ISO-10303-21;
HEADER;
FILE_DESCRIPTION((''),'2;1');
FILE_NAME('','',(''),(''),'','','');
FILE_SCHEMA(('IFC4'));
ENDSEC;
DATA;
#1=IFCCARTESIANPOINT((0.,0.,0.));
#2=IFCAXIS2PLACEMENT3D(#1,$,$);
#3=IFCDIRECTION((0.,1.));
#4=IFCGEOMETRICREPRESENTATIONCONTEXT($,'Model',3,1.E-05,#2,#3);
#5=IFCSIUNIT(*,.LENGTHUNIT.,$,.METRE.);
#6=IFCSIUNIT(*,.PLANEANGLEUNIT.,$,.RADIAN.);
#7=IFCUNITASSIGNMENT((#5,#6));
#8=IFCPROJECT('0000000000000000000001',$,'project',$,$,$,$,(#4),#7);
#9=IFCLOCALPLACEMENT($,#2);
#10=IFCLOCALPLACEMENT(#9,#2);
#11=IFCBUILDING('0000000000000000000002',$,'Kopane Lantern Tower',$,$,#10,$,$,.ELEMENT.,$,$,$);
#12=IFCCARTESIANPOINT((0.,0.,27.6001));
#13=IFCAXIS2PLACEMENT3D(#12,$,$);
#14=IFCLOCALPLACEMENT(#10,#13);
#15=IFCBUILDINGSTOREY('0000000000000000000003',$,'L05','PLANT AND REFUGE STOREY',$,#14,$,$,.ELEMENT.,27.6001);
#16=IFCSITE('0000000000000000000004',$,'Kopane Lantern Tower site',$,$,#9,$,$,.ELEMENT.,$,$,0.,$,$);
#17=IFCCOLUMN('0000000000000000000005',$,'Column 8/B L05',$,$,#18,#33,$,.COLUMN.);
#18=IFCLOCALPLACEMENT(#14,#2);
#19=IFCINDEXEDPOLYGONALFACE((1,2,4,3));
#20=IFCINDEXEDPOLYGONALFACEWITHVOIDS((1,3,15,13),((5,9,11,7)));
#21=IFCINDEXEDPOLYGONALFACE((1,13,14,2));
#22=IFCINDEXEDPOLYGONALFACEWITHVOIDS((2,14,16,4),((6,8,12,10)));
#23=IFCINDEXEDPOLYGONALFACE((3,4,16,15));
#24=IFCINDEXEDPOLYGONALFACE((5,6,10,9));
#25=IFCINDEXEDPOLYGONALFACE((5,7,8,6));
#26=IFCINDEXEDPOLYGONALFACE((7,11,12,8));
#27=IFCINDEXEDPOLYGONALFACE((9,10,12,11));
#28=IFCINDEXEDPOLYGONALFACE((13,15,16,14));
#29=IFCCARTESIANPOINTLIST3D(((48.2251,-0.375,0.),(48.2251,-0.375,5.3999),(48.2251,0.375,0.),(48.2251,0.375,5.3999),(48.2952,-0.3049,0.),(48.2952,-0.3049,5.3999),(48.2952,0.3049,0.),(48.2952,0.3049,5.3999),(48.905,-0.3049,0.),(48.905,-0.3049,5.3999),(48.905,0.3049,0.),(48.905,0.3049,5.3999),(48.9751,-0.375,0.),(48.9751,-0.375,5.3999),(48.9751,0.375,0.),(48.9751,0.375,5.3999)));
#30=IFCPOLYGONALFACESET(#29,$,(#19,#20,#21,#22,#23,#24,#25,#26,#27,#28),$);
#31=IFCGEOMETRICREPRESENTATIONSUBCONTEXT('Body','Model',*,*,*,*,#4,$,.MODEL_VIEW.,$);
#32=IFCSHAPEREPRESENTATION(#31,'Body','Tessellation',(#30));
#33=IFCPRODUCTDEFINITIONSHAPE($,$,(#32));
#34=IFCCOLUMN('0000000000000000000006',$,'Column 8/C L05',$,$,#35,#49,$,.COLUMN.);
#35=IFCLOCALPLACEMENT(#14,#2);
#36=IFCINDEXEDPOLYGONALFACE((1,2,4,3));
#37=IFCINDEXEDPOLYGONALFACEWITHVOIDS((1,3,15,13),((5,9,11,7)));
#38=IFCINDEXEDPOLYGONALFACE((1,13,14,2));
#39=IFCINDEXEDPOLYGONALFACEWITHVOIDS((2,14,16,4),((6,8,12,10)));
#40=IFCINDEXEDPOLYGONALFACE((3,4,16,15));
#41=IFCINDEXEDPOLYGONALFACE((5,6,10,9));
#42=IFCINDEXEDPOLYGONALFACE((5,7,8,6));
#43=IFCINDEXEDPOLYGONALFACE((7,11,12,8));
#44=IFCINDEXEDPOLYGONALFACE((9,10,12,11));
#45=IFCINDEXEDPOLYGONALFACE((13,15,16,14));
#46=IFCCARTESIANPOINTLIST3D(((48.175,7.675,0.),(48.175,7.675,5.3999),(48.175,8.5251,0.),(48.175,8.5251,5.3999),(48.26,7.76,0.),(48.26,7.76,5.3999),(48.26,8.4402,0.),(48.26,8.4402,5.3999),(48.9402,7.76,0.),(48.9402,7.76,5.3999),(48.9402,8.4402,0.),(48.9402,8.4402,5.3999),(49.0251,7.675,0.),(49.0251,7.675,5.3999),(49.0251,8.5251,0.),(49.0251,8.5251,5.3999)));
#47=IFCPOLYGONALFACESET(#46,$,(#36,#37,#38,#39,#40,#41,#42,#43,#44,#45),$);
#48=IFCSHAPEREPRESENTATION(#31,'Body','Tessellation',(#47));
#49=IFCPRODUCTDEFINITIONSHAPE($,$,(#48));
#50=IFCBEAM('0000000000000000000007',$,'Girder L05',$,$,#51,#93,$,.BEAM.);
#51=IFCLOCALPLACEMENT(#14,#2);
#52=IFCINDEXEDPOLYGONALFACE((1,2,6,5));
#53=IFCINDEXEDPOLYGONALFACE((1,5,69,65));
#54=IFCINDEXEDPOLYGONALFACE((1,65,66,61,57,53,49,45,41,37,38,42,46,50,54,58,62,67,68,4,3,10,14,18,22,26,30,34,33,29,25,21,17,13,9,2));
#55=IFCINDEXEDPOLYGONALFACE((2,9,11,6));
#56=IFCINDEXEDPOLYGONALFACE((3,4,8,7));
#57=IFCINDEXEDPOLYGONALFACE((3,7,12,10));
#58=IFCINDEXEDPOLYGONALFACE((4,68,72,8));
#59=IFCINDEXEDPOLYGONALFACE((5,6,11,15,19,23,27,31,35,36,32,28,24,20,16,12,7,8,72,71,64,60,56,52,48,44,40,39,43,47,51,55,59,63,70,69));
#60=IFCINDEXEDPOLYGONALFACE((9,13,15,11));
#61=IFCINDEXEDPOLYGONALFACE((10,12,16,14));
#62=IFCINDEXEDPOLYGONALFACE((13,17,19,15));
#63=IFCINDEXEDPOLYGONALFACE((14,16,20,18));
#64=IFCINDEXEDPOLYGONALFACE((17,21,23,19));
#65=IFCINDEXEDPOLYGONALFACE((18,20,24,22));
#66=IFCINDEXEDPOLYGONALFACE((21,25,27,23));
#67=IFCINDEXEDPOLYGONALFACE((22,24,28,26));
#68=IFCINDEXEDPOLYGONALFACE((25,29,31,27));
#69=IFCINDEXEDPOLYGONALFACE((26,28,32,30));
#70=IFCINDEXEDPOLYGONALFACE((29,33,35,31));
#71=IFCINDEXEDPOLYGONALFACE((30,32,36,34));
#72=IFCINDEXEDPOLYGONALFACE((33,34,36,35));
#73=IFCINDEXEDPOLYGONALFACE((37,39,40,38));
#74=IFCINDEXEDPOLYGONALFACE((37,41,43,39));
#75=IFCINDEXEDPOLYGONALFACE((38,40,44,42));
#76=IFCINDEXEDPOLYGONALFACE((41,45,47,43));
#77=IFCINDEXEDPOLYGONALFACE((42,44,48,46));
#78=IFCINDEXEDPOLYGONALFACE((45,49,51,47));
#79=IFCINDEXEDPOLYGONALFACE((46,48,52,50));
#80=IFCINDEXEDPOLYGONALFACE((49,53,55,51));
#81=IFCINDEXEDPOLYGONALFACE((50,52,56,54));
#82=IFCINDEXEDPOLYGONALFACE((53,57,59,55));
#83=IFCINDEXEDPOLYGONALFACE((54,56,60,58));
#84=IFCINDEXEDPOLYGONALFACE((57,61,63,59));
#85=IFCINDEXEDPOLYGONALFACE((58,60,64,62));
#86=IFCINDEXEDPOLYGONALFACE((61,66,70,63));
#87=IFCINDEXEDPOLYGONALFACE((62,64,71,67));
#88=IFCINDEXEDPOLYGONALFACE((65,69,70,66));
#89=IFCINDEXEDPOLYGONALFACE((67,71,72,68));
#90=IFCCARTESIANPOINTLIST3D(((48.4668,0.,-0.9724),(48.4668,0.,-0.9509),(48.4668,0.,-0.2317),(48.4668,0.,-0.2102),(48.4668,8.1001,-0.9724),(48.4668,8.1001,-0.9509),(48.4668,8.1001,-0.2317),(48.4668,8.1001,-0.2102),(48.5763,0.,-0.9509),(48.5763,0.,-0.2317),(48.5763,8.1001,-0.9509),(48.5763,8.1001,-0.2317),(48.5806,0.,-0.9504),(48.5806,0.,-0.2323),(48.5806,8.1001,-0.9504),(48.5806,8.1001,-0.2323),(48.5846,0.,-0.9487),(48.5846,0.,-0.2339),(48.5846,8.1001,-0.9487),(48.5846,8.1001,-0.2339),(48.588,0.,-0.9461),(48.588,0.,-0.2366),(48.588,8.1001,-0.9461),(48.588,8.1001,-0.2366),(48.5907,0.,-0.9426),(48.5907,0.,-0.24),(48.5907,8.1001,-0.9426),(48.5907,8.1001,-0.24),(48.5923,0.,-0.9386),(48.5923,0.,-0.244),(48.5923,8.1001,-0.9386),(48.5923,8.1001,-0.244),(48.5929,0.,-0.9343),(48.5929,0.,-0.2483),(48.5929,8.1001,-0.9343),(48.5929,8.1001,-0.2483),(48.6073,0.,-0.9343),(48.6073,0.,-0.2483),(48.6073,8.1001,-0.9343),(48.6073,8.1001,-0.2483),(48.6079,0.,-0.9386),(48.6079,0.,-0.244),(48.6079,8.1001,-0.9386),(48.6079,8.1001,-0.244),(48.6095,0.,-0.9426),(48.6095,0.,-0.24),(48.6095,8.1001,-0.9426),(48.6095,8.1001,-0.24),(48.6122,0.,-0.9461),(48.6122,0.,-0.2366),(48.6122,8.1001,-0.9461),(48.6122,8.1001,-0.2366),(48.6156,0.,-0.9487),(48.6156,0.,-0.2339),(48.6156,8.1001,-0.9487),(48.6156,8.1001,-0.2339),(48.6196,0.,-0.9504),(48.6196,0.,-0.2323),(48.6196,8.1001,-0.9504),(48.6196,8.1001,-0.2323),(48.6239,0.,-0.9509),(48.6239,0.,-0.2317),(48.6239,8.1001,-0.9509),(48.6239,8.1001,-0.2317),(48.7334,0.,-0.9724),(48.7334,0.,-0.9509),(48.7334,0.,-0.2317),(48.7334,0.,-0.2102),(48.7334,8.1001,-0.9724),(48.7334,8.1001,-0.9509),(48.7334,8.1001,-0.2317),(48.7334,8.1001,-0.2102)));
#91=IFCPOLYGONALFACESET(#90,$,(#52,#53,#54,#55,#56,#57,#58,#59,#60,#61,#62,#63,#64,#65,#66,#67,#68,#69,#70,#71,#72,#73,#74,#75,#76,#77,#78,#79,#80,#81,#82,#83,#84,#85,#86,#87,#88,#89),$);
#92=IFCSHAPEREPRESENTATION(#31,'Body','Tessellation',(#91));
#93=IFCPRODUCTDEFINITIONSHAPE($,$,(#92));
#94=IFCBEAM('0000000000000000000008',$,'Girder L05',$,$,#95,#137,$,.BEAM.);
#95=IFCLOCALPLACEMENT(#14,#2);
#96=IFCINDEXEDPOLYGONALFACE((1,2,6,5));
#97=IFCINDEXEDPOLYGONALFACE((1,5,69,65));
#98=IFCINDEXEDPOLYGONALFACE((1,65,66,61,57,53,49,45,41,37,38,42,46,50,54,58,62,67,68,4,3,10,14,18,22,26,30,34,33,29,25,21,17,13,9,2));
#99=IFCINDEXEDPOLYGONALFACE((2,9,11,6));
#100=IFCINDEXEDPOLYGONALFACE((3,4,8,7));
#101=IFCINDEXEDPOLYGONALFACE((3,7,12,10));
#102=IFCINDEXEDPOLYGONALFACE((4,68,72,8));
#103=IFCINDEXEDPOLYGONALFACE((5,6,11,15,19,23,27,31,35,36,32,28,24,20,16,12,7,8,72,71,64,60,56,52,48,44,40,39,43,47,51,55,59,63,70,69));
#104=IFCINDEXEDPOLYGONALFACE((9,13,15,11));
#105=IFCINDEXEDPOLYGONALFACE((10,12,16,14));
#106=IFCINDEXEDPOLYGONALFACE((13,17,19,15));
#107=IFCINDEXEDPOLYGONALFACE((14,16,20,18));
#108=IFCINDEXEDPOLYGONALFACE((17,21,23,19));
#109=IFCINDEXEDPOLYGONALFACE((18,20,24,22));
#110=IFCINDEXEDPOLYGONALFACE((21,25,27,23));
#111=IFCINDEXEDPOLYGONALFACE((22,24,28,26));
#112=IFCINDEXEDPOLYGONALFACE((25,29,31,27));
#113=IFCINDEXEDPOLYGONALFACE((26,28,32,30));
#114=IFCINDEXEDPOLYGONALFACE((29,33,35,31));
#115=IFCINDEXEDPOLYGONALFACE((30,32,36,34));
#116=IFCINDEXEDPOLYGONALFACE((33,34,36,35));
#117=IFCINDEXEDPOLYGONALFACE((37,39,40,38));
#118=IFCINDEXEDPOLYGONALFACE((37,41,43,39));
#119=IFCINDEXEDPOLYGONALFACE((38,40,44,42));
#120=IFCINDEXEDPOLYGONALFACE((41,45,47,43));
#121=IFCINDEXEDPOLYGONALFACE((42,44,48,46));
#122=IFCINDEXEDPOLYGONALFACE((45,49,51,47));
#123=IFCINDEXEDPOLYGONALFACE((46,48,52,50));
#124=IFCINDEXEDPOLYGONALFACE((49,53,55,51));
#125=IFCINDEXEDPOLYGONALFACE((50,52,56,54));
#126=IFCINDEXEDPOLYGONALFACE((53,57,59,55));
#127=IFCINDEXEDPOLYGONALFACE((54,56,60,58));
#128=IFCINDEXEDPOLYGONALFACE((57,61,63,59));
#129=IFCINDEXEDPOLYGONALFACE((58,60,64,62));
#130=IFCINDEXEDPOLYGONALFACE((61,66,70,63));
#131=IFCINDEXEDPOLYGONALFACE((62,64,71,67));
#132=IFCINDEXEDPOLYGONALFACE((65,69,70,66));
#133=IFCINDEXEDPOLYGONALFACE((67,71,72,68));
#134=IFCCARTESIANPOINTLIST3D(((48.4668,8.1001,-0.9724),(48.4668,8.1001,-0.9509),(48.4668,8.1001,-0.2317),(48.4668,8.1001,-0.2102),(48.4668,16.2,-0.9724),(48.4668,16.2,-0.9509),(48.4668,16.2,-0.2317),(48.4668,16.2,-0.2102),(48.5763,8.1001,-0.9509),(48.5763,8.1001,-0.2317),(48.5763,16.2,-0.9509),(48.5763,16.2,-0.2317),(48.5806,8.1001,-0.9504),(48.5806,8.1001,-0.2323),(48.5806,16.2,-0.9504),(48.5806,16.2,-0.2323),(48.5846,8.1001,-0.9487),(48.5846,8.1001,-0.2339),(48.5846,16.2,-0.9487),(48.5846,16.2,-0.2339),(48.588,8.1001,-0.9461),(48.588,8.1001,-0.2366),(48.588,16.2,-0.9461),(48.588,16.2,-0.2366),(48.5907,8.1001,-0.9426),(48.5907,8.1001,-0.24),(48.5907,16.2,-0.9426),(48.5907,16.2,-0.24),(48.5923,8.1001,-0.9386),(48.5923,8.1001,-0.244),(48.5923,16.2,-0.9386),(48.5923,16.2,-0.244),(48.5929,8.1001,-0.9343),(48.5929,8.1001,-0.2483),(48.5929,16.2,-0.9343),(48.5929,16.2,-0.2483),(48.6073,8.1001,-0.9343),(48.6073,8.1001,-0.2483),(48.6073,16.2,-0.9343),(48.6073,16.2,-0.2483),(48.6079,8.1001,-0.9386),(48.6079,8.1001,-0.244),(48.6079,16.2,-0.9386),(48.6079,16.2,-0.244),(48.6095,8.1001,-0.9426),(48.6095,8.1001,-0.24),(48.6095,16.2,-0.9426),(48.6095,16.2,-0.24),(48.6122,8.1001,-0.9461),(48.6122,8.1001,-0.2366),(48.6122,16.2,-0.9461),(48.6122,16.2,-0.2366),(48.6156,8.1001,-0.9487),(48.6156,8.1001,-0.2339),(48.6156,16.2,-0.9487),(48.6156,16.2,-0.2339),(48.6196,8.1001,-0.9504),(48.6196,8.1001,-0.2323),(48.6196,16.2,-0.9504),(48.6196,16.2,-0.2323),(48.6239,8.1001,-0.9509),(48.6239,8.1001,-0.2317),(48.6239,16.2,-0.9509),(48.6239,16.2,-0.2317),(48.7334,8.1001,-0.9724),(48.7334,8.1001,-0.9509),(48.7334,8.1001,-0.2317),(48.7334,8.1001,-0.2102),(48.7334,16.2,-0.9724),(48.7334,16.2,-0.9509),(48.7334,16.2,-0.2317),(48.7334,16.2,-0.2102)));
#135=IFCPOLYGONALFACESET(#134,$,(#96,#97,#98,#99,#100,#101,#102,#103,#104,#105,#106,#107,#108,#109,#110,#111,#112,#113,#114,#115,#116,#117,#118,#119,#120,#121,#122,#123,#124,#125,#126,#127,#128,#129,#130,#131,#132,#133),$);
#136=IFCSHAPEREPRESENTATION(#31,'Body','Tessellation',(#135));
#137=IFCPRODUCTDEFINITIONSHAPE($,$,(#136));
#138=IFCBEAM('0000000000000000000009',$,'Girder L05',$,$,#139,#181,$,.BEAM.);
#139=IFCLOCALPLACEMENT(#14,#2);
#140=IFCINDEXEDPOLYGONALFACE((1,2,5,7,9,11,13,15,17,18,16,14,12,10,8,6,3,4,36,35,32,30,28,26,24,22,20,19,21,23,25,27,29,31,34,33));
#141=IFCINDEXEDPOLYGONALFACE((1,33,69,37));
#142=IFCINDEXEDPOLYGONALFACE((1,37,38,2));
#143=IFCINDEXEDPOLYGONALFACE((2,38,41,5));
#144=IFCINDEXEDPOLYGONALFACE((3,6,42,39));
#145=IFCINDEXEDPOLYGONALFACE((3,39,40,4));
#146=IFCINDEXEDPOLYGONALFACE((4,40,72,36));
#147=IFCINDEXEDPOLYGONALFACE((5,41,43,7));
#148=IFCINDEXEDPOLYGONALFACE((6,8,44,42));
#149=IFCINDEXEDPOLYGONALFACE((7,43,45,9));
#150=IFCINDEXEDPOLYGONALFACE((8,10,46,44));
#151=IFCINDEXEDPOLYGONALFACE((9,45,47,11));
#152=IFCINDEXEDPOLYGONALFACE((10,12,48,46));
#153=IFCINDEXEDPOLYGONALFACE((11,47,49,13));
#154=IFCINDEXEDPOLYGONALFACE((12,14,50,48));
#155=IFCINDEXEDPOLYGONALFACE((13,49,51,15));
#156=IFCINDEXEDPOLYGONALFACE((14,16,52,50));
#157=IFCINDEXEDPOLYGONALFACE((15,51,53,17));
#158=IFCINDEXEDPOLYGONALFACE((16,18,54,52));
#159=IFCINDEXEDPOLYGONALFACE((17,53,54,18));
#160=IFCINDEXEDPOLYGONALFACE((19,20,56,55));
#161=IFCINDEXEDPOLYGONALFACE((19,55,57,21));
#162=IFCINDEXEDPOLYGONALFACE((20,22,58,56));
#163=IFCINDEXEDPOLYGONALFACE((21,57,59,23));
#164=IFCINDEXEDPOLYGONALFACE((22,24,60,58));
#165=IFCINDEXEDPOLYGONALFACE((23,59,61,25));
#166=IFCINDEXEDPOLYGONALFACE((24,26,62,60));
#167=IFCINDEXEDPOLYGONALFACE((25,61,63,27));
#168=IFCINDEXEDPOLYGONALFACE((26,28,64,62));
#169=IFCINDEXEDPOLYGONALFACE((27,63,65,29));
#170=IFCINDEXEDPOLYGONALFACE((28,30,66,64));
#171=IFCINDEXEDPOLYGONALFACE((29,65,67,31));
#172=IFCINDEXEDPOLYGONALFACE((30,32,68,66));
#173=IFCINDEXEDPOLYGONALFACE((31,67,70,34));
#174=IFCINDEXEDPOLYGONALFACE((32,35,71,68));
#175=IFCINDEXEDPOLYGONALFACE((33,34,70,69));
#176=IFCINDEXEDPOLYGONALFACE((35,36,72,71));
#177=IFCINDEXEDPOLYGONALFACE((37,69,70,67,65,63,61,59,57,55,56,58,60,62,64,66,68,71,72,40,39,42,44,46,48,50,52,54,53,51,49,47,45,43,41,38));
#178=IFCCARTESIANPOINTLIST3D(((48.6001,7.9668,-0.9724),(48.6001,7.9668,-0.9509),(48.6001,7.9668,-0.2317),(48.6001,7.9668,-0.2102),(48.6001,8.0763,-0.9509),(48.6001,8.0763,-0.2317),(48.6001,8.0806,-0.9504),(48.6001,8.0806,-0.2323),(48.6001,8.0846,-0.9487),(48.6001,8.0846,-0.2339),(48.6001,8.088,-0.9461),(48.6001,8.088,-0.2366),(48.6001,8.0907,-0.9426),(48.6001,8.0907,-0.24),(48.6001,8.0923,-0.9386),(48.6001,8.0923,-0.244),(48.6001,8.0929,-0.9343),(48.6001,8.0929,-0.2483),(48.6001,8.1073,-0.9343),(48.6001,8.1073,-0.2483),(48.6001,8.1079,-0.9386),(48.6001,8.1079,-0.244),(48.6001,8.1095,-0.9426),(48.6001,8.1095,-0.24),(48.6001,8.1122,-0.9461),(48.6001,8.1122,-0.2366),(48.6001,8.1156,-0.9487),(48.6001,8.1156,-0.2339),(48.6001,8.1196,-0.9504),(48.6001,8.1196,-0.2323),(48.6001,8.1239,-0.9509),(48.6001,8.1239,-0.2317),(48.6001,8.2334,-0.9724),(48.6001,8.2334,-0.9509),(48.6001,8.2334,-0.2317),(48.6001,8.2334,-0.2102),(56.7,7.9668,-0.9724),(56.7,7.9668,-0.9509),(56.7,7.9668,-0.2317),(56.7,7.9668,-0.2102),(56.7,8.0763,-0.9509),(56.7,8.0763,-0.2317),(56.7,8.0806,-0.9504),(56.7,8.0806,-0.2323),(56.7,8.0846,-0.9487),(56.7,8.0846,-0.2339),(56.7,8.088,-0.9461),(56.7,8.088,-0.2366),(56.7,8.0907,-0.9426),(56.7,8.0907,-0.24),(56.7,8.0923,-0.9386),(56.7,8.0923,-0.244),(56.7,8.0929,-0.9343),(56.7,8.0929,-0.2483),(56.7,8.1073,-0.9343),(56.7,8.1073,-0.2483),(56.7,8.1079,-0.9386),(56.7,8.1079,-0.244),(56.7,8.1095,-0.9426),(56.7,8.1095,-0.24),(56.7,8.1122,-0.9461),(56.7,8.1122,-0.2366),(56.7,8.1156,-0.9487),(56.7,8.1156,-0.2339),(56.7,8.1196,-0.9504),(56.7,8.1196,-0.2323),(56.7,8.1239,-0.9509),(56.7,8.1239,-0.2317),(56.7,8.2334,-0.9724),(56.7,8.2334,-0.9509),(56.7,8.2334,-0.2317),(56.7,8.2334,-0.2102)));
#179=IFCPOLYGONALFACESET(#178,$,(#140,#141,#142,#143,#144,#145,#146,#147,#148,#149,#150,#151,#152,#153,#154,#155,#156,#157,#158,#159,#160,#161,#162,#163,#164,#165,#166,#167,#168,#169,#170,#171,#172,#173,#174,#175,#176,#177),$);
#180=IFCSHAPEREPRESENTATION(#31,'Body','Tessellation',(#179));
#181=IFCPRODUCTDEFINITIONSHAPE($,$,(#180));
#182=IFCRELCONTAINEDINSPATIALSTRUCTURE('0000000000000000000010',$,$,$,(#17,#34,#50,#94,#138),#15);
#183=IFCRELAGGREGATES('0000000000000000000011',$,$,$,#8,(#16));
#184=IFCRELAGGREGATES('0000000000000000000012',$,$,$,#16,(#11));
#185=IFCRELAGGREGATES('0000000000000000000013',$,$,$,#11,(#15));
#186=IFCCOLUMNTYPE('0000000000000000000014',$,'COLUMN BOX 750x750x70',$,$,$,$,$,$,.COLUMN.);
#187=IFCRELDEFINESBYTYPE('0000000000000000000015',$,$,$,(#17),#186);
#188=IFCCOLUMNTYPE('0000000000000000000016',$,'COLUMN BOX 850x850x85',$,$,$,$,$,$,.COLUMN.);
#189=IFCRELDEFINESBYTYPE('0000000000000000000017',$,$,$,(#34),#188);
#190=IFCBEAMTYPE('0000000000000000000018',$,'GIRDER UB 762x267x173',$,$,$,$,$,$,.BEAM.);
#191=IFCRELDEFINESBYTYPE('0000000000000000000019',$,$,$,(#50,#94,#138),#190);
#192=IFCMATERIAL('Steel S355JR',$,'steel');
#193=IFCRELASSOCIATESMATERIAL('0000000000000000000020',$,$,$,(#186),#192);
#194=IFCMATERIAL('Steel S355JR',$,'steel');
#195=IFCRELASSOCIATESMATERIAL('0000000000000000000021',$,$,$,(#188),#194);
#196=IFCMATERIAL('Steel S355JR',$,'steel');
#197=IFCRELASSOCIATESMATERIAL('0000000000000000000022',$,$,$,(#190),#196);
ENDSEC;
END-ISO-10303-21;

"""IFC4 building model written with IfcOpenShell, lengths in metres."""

from ifc_helpers import new_model, si_unit, direction, frame, origin, origin_2d, place, context, subcontext, project, spatial, hollow_rectangle, i_section, extrude, material, material_profile, profile_set, type_object, element, save


model = new_model("IFC4")

# Units and contexts
model_context = context("Model", 3, precision=1e-05, world=origin(), true_north=direction((0.0, 1.0)))
body_context = subcontext(model_context, "Body", "Model", "MODEL_VIEW")
ifc_project = project(units=[si_unit("LENGTHUNIT", "METRE"), si_unit("PLANEANGLEUNIT", "RADIAN")], contexts=[model_context])

# Site, building, storey
site_placement = place(None, origin())
site = spatial("IfcSite", under=ifc_project, at=site_placement, Name="Kopane Lantern Tower site", CompositionType="ELEMENT", RefElevation=0.0)
building_placement = place(site_placement, origin())
building = spatial("IfcBuilding", under=site, at=building_placement, Name="Kopane Lantern Tower", CompositionType="ELEMENT")
storey_placement = place(building_placement, frame((0.0, 0.0, 27.6001)))
storey = spatial("IfcBuildingStorey", under=building, at=storey_placement, Name="L05", Description="PLANT AND REFUGE STOREY", CompositionType="ELEMENT", Elevation=27.6001)

# Columns
ifc_material_1 = material(Name="Steel S355JR", Category="steel")
ifc_material_profile_1 = material_profile(ifc_material_1, hollow_rectangle(XDim=0.75, YDim=0.75, WallThickness=0.0701, at=origin_2d()), Name="BOX 750x750x70")
ifc_profile_set_1 = profile_set([ifc_material_profile_1], Name="Steel S355JR")
column_type_1 = type_object("IfcColumnType", Name="COLUMN BOX 750x750x70", PredefinedType="COLUMN", material=ifc_profile_set_1)
column_1_placement = place(storey_placement, frame((48.6001, 0.0, 0.0), z_axis=(0.0, 0.0, 1.0), x_axis=(1.0, 0.0, 0.0)))
element("IfcColumn", 1, at=column_1_placement, inside=storey, type_object=column_type_1, Name="Column 8/B L05", PredefinedType="COLUMN", context=body_context, shape_type="SweptSolid", body=[
    extrude(hollow_rectangle(XDim=0.75, YDim=0.75, WallThickness=0.0701, at=origin_2d()), origin(), (0.0, 0.0, 1.0), 5.3999),
])
ifc_material_2 = material(Name="Steel S355JR", Category="steel")
ifc_material_profile_2 = material_profile(ifc_material_2, hollow_rectangle(XDim=0.8501, YDim=0.8501, WallThickness=0.085, at=origin_2d()), Name="BOX 850x850x85")
ifc_profile_set_2 = profile_set([ifc_material_profile_2], Name="Steel S355JR")
column_type_2 = type_object("IfcColumnType", Name="COLUMN BOX 850x850x85", PredefinedType="COLUMN", material=ifc_profile_set_2)
column_2_placement = place(storey_placement, frame((48.6001, 8.1001, 0.0), z_axis=(0.0, 0.0, 1.0), x_axis=(1.0, 0.0, 0.0)))
element("IfcColumn", 2, at=column_2_placement, inside=storey, type_object=column_type_2, Name="Column 8/C L05", PredefinedType="COLUMN", context=body_context, shape_type="SweptSolid", body=[
    extrude(hollow_rectangle(XDim=0.8501, YDim=0.8501, WallThickness=0.085, at=origin_2d()), origin(), (0.0, 0.0, 1.0), 5.3999),
])

# Beams
ifc_material_3 = material(Name="Steel S355JR", Category="steel")
ifc_material_profile_3 = material_profile(ifc_material_3, i_section(OverallWidth=0.2666, OverallDepth=0.7622, WebThickness=0.0144, FlangeThickness=0.0215, FilletRadius=0.0166, at=origin_2d()), Name="UB 762x267x173")
ifc_profile_set_3 = profile_set([ifc_material_profile_3], Name="Steel S355JR")
beam_type = type_object("IfcBeamType", Name="GIRDER UB 762x267x173", PredefinedType="BEAM", material=ifc_profile_set_3)
beam_placement = place(storey_placement, frame((48.6001, 0.0, -0.5913), z_axis=(0.0, 1.0, 0.0), x_axis=(-1.0, 0.0, 0.0)))
element("IfcBeam", 3, at=beam_placement, inside=storey, type_object=beam_type, Name="Girder L05", PredefinedType="BEAM", context=body_context, shape_type="SweptSolid", body=[
    extrude(i_section(OverallWidth=0.2666, OverallDepth=0.7622, WebThickness=0.0144, FlangeThickness=0.0215, FilletRadius=0.0166, at=origin_2d()), origin(), (0.0, 0.0, 1.0), 8.1001),
])
for number, where, z_axis, x_axis, name in (
    (4, (48.6001, 8.1001, -0.5913), (0.0, 1.0, 0.0), (-1.0, 0.0, 0.0), "Girder L05"),
    (5, (48.6001, 8.1001, -0.5913), (1.0, 0.0, 0.0), (0.0, 1.0, 0.0), "Girder L05"),
):
    element("IfcBeam", number, at=place(storey_placement, frame(where, z_axis=z_axis, x_axis=x_axis)), inside=storey, type_object=beam_type, Name=name, PredefinedType="BEAM", context=body_context, shape_type="SweptSolid", body=[
        extrude(i_section(OverallWidth=0.2666, OverallDepth=0.7622, WebThickness=0.0144, FlangeThickness=0.0215, FilletRadius=0.0166, at=origin_2d()), origin(), (0.0, 0.0, 1.0), 8.0999),
    ])

save(model, "model.ifc")
